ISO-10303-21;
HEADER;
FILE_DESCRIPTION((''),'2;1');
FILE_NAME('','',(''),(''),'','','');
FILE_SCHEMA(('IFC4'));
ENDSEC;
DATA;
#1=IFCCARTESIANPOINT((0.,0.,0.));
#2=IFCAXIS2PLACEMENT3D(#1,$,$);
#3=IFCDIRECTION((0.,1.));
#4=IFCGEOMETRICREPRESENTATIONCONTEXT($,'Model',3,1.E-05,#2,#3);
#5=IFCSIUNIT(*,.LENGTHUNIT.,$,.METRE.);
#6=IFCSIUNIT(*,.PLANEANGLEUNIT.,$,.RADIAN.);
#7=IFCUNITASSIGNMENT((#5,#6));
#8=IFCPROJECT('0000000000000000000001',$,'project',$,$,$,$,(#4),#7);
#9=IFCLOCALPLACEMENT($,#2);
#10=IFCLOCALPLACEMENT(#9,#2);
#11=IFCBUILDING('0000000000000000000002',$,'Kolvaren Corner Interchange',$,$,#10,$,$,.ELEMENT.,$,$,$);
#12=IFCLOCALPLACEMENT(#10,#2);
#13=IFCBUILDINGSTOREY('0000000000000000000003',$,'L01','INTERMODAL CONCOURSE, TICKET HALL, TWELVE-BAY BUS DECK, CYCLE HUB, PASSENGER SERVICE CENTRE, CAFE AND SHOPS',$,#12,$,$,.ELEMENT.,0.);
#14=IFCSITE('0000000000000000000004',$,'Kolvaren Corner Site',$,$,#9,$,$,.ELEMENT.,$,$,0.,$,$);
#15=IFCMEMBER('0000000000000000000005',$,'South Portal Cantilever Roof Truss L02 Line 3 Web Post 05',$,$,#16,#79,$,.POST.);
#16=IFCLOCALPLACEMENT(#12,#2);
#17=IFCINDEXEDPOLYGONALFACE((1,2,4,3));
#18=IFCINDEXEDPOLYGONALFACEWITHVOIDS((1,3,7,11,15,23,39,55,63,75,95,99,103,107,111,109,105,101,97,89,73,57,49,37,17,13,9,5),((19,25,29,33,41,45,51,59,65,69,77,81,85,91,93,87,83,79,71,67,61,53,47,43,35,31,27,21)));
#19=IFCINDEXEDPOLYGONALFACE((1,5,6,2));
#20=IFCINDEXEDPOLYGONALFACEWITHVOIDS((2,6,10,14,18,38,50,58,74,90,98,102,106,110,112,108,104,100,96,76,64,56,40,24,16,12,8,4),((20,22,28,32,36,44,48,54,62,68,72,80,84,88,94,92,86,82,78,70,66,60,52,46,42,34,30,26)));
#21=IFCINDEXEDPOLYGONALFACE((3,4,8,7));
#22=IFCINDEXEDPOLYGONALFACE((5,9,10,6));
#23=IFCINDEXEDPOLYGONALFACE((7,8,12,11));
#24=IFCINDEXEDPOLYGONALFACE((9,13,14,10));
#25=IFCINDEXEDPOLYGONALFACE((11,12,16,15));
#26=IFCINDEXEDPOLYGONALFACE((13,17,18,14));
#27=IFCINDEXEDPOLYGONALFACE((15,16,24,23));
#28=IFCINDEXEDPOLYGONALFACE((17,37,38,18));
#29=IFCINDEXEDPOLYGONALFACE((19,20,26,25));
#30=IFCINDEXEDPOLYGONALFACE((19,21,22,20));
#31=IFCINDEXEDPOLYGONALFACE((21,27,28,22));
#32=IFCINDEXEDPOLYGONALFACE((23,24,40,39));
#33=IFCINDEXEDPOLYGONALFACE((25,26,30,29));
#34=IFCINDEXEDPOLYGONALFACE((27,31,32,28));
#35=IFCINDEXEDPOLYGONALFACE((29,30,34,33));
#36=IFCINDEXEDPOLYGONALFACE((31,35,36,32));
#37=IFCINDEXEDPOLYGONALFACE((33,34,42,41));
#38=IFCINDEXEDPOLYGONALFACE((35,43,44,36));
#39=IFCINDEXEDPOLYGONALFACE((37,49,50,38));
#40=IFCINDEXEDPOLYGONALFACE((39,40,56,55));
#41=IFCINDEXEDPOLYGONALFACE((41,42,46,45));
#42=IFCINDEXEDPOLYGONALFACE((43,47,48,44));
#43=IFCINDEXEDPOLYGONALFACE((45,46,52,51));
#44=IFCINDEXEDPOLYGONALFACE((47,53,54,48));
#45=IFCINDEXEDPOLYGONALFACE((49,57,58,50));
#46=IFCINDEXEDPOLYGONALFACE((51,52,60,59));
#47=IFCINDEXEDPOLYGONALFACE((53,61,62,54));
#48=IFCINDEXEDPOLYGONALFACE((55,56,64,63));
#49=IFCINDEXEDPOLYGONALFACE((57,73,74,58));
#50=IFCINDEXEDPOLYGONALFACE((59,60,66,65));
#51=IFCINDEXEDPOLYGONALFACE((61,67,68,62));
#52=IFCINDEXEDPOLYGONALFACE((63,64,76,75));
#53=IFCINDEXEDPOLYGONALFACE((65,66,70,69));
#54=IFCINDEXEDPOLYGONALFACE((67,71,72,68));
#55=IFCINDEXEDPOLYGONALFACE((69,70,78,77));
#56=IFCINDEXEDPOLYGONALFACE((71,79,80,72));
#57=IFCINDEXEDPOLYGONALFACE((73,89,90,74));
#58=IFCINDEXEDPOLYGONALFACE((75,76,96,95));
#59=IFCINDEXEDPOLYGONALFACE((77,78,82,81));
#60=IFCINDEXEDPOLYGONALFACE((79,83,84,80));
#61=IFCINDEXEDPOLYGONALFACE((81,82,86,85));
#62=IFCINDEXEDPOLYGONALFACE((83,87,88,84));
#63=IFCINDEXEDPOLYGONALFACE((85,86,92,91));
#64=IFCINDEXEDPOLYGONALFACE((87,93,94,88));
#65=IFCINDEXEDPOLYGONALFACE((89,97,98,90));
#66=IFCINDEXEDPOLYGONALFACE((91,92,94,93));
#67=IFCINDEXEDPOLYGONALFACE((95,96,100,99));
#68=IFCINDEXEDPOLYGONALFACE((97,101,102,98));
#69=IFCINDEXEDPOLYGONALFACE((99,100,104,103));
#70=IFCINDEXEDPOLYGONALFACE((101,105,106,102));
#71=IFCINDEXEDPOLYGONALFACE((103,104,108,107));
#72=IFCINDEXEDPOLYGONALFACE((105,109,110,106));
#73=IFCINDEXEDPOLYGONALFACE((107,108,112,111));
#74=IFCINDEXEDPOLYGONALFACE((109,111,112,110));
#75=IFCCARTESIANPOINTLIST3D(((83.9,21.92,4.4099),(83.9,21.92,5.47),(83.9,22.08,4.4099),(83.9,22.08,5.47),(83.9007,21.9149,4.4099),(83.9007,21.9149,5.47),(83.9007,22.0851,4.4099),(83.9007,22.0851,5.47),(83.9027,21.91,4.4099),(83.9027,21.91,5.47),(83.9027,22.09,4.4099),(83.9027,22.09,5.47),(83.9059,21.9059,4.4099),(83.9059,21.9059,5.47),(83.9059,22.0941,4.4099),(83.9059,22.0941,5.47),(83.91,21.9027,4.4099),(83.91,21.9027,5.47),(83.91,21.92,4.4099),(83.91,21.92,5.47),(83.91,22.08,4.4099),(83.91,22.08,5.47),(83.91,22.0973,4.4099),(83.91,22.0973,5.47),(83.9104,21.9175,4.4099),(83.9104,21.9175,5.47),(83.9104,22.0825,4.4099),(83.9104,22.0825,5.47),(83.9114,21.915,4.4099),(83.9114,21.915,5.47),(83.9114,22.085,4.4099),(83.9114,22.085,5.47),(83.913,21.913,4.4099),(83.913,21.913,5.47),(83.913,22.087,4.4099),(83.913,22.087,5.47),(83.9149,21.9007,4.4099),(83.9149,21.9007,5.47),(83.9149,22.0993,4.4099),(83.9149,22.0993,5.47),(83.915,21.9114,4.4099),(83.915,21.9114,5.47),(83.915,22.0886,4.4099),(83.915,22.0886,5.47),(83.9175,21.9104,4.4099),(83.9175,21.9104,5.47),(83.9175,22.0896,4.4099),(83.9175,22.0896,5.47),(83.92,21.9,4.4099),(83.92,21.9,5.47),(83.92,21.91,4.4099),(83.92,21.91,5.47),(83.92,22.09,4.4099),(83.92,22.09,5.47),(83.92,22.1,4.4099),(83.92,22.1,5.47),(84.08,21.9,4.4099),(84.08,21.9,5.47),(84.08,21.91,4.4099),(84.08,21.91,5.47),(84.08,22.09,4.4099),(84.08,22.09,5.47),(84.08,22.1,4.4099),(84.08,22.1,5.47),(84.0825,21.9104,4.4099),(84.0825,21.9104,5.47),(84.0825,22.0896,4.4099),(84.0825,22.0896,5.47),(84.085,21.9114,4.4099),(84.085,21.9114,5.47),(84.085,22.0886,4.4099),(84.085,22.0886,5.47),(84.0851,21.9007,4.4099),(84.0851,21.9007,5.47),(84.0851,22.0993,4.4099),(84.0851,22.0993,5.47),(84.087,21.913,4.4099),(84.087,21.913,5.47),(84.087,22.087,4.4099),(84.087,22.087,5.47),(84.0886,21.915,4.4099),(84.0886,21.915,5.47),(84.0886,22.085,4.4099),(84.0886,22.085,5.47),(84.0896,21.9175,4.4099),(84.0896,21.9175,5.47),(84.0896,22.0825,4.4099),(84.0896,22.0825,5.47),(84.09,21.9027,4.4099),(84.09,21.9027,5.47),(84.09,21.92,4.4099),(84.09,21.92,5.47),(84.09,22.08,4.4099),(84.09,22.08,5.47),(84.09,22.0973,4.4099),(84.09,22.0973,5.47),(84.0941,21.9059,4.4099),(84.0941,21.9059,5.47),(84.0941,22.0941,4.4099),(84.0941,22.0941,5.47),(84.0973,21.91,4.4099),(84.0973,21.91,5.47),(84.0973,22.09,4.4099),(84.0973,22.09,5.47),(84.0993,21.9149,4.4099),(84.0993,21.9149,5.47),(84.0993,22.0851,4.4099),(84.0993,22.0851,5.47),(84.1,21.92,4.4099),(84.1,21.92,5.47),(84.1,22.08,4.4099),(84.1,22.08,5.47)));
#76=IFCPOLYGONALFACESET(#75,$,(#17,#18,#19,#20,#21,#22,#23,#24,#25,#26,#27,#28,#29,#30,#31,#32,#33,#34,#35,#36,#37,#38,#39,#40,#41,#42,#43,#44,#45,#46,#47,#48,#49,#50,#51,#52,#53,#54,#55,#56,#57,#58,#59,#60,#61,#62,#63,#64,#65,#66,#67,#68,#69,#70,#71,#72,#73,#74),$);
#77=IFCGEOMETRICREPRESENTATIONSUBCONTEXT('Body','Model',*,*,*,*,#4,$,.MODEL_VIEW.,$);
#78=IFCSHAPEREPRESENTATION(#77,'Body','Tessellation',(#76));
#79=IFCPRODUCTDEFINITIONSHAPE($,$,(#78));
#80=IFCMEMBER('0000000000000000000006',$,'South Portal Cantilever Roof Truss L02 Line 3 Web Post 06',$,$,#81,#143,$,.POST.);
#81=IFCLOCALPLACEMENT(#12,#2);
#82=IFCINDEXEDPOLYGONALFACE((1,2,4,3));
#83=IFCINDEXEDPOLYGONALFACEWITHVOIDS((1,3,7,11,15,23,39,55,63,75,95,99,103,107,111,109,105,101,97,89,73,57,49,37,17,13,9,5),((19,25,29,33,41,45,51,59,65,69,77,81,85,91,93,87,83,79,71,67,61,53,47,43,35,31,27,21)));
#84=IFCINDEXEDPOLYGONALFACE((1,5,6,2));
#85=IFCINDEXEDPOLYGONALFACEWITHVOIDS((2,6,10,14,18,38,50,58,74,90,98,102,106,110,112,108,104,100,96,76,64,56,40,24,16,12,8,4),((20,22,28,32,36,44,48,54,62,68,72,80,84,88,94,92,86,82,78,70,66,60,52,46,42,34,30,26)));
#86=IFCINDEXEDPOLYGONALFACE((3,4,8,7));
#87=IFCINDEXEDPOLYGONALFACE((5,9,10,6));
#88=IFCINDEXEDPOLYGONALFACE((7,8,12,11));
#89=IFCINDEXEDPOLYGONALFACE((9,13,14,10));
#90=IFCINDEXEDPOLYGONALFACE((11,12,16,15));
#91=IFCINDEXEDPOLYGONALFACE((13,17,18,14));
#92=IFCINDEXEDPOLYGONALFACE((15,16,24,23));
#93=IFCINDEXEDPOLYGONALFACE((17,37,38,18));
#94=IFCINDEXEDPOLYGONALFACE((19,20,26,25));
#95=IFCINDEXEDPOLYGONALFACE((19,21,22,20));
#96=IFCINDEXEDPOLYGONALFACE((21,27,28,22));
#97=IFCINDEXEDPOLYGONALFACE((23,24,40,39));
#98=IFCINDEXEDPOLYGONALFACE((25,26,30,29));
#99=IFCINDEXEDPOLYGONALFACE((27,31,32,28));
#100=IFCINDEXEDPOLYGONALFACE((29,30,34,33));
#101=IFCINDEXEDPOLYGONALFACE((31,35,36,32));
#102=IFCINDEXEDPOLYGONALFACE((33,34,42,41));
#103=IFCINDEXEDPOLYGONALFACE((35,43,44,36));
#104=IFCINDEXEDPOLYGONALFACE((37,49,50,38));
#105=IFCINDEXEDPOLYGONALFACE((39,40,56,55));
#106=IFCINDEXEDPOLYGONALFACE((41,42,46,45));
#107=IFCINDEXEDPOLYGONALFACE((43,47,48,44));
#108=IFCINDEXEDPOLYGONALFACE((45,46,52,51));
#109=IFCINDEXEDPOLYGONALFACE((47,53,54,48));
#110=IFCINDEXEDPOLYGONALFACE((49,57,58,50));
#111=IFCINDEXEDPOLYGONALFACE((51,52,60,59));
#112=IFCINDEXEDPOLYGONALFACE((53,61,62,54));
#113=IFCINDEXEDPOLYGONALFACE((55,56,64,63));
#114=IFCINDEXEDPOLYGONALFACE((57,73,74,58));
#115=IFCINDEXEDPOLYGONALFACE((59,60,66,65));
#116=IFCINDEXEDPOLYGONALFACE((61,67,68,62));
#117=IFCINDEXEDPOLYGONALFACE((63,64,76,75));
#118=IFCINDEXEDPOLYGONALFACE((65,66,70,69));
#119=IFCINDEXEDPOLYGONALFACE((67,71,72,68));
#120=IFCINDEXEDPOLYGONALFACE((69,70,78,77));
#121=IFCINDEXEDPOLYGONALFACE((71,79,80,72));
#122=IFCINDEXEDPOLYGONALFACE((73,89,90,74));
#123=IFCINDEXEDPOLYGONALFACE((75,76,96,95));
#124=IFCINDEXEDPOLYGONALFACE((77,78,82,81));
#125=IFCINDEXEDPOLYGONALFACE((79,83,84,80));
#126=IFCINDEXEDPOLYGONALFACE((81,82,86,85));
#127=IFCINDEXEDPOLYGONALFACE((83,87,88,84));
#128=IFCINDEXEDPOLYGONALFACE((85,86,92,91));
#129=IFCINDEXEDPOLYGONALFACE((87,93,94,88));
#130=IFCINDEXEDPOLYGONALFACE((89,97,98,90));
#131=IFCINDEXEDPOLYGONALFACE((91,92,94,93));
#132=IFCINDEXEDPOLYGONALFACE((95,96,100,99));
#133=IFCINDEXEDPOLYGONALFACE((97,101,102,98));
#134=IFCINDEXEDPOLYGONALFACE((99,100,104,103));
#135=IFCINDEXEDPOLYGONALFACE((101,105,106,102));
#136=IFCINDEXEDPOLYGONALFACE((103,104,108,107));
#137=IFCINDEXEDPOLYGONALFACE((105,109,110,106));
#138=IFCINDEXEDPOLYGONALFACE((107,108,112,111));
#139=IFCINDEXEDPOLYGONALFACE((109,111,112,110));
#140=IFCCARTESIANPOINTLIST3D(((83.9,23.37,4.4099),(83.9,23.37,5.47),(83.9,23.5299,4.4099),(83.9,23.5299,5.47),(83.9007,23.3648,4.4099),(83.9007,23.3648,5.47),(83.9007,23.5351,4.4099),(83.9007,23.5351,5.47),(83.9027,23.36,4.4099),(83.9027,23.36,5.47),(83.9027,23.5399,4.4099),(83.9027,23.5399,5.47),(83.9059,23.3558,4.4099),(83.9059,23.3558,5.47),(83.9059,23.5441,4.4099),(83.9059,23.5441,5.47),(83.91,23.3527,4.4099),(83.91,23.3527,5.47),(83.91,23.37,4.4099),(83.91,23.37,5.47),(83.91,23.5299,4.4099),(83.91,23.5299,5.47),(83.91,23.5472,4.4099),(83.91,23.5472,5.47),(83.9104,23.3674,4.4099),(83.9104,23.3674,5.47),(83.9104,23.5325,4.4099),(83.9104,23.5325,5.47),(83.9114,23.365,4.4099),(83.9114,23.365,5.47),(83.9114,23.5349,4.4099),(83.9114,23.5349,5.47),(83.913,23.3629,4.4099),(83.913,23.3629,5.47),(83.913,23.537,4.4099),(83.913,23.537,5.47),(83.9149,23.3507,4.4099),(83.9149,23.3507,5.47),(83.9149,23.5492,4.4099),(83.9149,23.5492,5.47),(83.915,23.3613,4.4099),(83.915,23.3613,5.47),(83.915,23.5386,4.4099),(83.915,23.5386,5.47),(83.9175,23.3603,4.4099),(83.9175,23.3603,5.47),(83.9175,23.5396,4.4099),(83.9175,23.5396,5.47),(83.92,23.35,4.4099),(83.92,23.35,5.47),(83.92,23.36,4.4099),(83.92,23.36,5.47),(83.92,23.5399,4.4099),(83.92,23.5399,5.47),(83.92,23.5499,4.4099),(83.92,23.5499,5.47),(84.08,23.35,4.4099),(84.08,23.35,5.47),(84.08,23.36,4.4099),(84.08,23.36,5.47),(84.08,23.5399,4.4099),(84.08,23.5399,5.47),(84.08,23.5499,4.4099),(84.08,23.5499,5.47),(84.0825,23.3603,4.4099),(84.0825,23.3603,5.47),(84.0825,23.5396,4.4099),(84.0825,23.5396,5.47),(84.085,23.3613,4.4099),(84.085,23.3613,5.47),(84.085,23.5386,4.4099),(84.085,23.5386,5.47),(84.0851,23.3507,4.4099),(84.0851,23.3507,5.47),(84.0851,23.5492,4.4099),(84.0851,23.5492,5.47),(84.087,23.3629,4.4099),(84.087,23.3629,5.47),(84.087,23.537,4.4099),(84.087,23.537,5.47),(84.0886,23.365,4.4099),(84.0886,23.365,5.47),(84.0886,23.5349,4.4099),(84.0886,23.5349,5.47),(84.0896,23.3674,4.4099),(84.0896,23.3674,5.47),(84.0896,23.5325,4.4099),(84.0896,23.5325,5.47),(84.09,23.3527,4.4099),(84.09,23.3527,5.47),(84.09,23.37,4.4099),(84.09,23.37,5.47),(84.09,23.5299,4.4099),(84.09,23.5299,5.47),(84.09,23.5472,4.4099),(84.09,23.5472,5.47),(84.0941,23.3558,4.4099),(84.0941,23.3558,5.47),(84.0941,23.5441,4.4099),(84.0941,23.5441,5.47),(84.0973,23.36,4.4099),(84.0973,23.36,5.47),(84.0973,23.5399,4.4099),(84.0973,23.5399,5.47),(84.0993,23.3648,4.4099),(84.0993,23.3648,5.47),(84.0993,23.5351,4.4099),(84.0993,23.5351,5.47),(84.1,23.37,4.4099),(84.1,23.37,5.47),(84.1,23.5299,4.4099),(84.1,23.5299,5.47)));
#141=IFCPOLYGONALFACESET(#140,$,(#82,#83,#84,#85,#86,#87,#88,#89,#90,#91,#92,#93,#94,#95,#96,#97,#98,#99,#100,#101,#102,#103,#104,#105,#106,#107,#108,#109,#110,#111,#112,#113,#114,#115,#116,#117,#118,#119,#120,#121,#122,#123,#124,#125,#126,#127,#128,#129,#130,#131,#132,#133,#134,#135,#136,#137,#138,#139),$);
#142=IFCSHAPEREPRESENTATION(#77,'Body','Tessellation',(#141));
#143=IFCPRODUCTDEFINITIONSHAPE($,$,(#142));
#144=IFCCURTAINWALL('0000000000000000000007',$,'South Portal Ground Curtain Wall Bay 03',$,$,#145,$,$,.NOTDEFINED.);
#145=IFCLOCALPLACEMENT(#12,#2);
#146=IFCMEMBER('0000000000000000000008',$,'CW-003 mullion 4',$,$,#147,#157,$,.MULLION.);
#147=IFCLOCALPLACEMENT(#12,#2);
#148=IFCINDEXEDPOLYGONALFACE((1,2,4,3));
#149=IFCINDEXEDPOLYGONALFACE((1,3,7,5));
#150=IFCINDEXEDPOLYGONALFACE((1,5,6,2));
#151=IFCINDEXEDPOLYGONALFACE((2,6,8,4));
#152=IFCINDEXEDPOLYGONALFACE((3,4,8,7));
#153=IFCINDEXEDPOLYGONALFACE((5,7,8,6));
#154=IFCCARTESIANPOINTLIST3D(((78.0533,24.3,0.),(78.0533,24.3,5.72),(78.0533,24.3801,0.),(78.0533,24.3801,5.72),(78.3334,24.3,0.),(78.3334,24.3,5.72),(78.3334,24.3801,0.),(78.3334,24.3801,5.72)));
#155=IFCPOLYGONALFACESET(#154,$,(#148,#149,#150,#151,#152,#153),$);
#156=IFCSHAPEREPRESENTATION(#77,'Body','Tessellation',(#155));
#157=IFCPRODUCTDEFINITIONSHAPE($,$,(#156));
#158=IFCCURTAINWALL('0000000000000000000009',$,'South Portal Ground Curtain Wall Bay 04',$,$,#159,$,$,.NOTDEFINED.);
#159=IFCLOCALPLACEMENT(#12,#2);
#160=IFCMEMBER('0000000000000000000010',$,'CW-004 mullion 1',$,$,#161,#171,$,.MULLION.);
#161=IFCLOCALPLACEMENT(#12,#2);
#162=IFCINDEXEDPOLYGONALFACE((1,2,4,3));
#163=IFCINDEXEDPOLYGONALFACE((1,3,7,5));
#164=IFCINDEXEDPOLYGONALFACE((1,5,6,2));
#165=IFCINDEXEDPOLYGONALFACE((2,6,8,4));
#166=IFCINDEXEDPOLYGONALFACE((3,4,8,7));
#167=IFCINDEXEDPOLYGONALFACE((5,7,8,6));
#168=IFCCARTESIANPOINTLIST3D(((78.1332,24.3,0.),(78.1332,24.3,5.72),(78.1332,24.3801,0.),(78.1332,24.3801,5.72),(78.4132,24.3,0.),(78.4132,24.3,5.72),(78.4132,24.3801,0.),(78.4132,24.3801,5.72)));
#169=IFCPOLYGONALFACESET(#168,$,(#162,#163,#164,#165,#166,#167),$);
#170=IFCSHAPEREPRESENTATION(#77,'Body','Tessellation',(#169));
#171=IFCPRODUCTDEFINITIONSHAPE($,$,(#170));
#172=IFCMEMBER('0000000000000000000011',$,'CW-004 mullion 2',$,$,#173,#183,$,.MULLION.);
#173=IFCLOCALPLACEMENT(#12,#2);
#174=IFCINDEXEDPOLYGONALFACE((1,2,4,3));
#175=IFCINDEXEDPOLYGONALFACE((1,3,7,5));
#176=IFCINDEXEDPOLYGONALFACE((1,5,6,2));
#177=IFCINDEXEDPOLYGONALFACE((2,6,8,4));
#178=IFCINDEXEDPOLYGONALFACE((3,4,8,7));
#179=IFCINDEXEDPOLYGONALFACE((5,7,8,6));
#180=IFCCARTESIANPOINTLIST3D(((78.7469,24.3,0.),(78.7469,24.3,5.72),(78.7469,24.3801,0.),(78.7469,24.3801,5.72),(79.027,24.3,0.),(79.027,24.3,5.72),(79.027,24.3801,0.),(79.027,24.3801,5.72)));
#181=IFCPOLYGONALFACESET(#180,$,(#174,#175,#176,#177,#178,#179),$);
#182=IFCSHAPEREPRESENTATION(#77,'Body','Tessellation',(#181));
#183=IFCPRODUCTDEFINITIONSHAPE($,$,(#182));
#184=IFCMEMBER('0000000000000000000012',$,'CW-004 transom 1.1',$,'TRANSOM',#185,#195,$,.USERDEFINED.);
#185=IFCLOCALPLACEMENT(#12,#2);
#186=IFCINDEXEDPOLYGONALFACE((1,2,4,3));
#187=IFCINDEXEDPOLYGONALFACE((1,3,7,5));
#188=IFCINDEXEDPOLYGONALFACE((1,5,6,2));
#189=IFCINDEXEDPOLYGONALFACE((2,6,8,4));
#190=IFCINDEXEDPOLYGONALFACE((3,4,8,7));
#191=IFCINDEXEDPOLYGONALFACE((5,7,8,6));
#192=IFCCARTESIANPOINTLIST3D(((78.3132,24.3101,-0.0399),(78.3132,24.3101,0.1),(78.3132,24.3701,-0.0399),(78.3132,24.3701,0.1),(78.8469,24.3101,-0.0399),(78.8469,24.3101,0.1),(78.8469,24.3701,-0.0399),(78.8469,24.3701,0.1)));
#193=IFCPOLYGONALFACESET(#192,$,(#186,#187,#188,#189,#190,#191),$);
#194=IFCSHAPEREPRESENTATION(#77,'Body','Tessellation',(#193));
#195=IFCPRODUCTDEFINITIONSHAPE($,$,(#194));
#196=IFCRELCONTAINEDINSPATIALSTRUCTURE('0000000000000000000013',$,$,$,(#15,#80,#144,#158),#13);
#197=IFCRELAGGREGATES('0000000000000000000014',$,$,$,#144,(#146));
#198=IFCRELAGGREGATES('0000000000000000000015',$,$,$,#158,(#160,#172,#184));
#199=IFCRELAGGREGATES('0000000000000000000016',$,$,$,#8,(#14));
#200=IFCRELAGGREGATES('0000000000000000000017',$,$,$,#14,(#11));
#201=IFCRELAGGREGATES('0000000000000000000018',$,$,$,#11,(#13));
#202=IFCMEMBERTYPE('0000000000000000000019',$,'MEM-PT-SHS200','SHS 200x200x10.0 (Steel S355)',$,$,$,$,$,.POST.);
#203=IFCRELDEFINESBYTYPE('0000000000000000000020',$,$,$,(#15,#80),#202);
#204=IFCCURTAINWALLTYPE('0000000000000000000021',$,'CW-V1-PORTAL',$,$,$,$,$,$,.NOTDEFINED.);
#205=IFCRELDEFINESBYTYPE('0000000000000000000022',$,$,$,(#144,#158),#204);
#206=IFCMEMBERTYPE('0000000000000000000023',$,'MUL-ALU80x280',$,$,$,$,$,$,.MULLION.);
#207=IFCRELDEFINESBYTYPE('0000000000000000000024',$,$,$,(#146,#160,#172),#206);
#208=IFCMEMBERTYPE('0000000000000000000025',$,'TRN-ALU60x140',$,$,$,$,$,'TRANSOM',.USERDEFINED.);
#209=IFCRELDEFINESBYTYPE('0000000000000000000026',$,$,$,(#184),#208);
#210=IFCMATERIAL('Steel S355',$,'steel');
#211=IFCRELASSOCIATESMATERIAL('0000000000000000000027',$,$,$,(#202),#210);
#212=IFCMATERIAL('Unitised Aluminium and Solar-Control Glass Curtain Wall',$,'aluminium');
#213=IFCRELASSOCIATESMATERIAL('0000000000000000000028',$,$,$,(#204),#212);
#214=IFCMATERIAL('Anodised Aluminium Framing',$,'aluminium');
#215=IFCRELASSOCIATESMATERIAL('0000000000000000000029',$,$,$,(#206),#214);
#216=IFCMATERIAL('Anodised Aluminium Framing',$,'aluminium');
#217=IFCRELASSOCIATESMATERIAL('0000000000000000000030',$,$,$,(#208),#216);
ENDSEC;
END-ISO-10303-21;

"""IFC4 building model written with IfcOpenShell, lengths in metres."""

from ifc_helpers import new_model, si_unit, direction, frame, origin, origin_2d, place, context, subcontext, project, spatial, rectangle, hollow_rectangle, extrude, material, material_profile, profile_set, type_object, element, aggregate, save


model = new_model("IFC4")

# Units and contexts
model_context = context("Model", 3, precision=1e-05, world=origin(), true_north=direction((0.0, 1.0)))
body_context = subcontext(model_context, "Body", "Model", "MODEL_VIEW")
ifc_project = project(units=[si_unit("LENGTHUNIT", "METRE"), si_unit("PLANEANGLEUNIT", "RADIAN")], contexts=[model_context])

# Site, building, storey
site_placement = place(None, origin())
site = spatial("IfcSite", under=ifc_project, at=site_placement, Name="Kolvaren Corner Site", CompositionType="ELEMENT", RefElevation=0.0)
building_placement = place(site_placement, origin())
building = spatial("IfcBuilding", under=site, at=building_placement, Name="Kolvaren Corner Interchange", CompositionType="ELEMENT")
storey_placement = place(building_placement, origin())
storey = spatial("IfcBuildingStorey", under=building, at=storey_placement, Name="L01", Description="INTERMODAL CONCOURSE, TICKET HALL, TWELVE-BAY BUS DECK, CYCLE HUB, PASSENGER SERVICE CENTRE, CAFE AND SHOPS", CompositionType="ELEMENT", Elevation=0.0)

# Members
ifc_material_1 = material(Name="Steel S355", Category="steel")
ifc_material_profile_1 = material_profile(ifc_material_1, hollow_rectangle(XDim=0.2, YDim=0.2, WallThickness=0.01, InnerFilletRadius=0.01, OuterFilletRadius=0.02, at=origin_2d()), Name="SHS 200x200x10.0")
ifc_profile_set_1 = profile_set([ifc_material_profile_1], Name="Steel S355")
member_type_1 = type_object("IfcMemberType", Name="MEM-PT-SHS200", Description="SHS 200x200x10.0 (Steel S355)", PredefinedType="POST", material=ifc_profile_set_1)
for number, where, z_axis, x_axis, name in (
    (1, (84.0, 22.0, 4.4099), (0.0, 0.0, 1.0), (1.0, 0.0, 0.0), "South Portal Cantilever Roof Truss L02 Line 3 Web Post 05"),
    (2, (84.0, 23.45, 4.4099), (0.0, 0.0, 1.0), (1.0, 0.0, 0.0), "South Portal Cantilever Roof Truss L02 Line 3 Web Post 06"),
):
    element("IfcMember", number, at=place(storey_placement, frame(where, z_axis=z_axis, x_axis=x_axis)), inside=storey, type_object=member_type_1, Name=name, PredefinedType="POST", context=body_context, shape_type="SweptSolid", body=[
        extrude(hollow_rectangle(XDim=0.2, YDim=0.2, WallThickness=0.01, InnerFilletRadius=0.01, OuterFilletRadius=0.02, at=origin_2d()), origin(), (0.0, 0.0, 1.0), 1.0601),
    ])

# Curtain wall, member
ifc_material_2 = material(Name="Unitised Aluminium and Solar-Control Glass Curtain Wall", Category="aluminium")
curtain_wall_type = type_object("IfcCurtainWallType", Name="CW-V1-PORTAL", PredefinedType="NOTDEFINED", material=ifc_material_2)
curtain_wall_1_placement = place(storey_placement, origin())
curtain_wall_1 = element("IfcCurtainWall", 3, at=curtain_wall_1_placement, inside=storey, type_object=curtain_wall_type, Name="South Portal Ground Curtain Wall Bay 03", PredefinedType="NOTDEFINED")
ifc_material_3 = material(Name="Anodised Aluminium Framing", Category="aluminium")
ifc_material_profile_2 = material_profile(ifc_material_3, rectangle(XDim=0.0801, YDim=0.28, at=origin_2d()), Name="ALU 80x280")
ifc_profile_set_2 = profile_set([ifc_material_profile_2], Name="Anodised Aluminium Framing")
member_type_2 = type_object("IfcMemberType", Name="MUL-ALU80x280", PredefinedType="MULLION", material=ifc_profile_set_2)
member_1_placement = place(storey_placement, frame((78.1934, 24.3401, 0.0), z_axis=(0.0, 0.0, 1.0), x_axis=(0.0, 1.0, 0.0)))
member_1 = element("IfcMember", 4, at=member_1_placement, type_object=member_type_2, Name="CW-003 mullion 4", PredefinedType="MULLION", context=body_context, shape_type="SweptSolid", body=[
    extrude(rectangle(XDim=0.0801, YDim=0.28, at=origin_2d()), origin(), (0.0, 0.0, 1.0), 5.72),
])
aggregate(curtain_wall_1, [member_1])

# Curtain wall, members
curtain_wall_2_placement = place(storey_placement, origin())
curtain_wall_2 = element("IfcCurtainWall", 5, at=curtain_wall_2_placement, inside=storey, type_object=curtain_wall_type, Name="South Portal Ground Curtain Wall Bay 04", PredefinedType="NOTDEFINED")
member_2_placement = place(storey_placement, frame((78.2732, 24.3401, 0.0), z_axis=(0.0, 0.0, 1.0), x_axis=(0.0, 1.0, 0.0)))
member_2 = element("IfcMember", 6, at=member_2_placement, type_object=member_type_2, Name="CW-004 mullion 1", PredefinedType="MULLION", context=body_context, shape_type="SweptSolid", body=[
    extrude(rectangle(XDim=0.0801, YDim=0.28, at=origin_2d()), origin(), (0.0, 0.0, 1.0), 5.72),
])
member_3_placement = place(storey_placement, frame((78.887, 24.3401, 0.0), z_axis=(0.0, 0.0, 1.0), x_axis=(0.0, 1.0, 0.0)))
member_3 = element("IfcMember", 7, at=member_3_placement, type_object=member_type_2, Name="CW-004 mullion 2", PredefinedType="MULLION", context=body_context, shape_type="SweptSolid", body=[
    extrude(rectangle(XDim=0.0801, YDim=0.28, at=origin_2d()), origin(), (0.0, 0.0, 1.0), 5.72),
])
ifc_material_4 = material(Name="Anodised Aluminium Framing", Category="aluminium")
ifc_material_profile_3 = material_profile(ifc_material_4, rectangle(XDim=0.0601, YDim=0.1399, at=origin_2d()), Name="ALU 60x140")
ifc_profile_set_3 = profile_set([ifc_material_profile_3], Name="Anodised Aluminium Framing")
member_type_3 = type_object("IfcMemberType", Name="TRN-ALU60x140", ElementType="TRANSOM", PredefinedType="USERDEFINED", material=ifc_profile_set_3)
member_4_placement = place(storey_placement, frame((78.3132, 24.3401, 0.03), z_axis=(1.0, 0.0, 0.0), x_axis=(0.0, 1.0, 0.0)))
member_4 = element("IfcMember", 8, at=member_4_placement, type_object=member_type_3, Name="CW-004 transom 1.1", ObjectType="TRANSOM", PredefinedType="USERDEFINED", context=body_context, shape_type="SweptSolid", body=[
    extrude(rectangle(XDim=0.0601, YDim=0.1399, at=origin_2d()), origin(), (0.0, 0.0, 1.0), 0.5337),
])
aggregate(curtain_wall_2, [member_2, member_3, member_4])

save(model, "model.ifc")
